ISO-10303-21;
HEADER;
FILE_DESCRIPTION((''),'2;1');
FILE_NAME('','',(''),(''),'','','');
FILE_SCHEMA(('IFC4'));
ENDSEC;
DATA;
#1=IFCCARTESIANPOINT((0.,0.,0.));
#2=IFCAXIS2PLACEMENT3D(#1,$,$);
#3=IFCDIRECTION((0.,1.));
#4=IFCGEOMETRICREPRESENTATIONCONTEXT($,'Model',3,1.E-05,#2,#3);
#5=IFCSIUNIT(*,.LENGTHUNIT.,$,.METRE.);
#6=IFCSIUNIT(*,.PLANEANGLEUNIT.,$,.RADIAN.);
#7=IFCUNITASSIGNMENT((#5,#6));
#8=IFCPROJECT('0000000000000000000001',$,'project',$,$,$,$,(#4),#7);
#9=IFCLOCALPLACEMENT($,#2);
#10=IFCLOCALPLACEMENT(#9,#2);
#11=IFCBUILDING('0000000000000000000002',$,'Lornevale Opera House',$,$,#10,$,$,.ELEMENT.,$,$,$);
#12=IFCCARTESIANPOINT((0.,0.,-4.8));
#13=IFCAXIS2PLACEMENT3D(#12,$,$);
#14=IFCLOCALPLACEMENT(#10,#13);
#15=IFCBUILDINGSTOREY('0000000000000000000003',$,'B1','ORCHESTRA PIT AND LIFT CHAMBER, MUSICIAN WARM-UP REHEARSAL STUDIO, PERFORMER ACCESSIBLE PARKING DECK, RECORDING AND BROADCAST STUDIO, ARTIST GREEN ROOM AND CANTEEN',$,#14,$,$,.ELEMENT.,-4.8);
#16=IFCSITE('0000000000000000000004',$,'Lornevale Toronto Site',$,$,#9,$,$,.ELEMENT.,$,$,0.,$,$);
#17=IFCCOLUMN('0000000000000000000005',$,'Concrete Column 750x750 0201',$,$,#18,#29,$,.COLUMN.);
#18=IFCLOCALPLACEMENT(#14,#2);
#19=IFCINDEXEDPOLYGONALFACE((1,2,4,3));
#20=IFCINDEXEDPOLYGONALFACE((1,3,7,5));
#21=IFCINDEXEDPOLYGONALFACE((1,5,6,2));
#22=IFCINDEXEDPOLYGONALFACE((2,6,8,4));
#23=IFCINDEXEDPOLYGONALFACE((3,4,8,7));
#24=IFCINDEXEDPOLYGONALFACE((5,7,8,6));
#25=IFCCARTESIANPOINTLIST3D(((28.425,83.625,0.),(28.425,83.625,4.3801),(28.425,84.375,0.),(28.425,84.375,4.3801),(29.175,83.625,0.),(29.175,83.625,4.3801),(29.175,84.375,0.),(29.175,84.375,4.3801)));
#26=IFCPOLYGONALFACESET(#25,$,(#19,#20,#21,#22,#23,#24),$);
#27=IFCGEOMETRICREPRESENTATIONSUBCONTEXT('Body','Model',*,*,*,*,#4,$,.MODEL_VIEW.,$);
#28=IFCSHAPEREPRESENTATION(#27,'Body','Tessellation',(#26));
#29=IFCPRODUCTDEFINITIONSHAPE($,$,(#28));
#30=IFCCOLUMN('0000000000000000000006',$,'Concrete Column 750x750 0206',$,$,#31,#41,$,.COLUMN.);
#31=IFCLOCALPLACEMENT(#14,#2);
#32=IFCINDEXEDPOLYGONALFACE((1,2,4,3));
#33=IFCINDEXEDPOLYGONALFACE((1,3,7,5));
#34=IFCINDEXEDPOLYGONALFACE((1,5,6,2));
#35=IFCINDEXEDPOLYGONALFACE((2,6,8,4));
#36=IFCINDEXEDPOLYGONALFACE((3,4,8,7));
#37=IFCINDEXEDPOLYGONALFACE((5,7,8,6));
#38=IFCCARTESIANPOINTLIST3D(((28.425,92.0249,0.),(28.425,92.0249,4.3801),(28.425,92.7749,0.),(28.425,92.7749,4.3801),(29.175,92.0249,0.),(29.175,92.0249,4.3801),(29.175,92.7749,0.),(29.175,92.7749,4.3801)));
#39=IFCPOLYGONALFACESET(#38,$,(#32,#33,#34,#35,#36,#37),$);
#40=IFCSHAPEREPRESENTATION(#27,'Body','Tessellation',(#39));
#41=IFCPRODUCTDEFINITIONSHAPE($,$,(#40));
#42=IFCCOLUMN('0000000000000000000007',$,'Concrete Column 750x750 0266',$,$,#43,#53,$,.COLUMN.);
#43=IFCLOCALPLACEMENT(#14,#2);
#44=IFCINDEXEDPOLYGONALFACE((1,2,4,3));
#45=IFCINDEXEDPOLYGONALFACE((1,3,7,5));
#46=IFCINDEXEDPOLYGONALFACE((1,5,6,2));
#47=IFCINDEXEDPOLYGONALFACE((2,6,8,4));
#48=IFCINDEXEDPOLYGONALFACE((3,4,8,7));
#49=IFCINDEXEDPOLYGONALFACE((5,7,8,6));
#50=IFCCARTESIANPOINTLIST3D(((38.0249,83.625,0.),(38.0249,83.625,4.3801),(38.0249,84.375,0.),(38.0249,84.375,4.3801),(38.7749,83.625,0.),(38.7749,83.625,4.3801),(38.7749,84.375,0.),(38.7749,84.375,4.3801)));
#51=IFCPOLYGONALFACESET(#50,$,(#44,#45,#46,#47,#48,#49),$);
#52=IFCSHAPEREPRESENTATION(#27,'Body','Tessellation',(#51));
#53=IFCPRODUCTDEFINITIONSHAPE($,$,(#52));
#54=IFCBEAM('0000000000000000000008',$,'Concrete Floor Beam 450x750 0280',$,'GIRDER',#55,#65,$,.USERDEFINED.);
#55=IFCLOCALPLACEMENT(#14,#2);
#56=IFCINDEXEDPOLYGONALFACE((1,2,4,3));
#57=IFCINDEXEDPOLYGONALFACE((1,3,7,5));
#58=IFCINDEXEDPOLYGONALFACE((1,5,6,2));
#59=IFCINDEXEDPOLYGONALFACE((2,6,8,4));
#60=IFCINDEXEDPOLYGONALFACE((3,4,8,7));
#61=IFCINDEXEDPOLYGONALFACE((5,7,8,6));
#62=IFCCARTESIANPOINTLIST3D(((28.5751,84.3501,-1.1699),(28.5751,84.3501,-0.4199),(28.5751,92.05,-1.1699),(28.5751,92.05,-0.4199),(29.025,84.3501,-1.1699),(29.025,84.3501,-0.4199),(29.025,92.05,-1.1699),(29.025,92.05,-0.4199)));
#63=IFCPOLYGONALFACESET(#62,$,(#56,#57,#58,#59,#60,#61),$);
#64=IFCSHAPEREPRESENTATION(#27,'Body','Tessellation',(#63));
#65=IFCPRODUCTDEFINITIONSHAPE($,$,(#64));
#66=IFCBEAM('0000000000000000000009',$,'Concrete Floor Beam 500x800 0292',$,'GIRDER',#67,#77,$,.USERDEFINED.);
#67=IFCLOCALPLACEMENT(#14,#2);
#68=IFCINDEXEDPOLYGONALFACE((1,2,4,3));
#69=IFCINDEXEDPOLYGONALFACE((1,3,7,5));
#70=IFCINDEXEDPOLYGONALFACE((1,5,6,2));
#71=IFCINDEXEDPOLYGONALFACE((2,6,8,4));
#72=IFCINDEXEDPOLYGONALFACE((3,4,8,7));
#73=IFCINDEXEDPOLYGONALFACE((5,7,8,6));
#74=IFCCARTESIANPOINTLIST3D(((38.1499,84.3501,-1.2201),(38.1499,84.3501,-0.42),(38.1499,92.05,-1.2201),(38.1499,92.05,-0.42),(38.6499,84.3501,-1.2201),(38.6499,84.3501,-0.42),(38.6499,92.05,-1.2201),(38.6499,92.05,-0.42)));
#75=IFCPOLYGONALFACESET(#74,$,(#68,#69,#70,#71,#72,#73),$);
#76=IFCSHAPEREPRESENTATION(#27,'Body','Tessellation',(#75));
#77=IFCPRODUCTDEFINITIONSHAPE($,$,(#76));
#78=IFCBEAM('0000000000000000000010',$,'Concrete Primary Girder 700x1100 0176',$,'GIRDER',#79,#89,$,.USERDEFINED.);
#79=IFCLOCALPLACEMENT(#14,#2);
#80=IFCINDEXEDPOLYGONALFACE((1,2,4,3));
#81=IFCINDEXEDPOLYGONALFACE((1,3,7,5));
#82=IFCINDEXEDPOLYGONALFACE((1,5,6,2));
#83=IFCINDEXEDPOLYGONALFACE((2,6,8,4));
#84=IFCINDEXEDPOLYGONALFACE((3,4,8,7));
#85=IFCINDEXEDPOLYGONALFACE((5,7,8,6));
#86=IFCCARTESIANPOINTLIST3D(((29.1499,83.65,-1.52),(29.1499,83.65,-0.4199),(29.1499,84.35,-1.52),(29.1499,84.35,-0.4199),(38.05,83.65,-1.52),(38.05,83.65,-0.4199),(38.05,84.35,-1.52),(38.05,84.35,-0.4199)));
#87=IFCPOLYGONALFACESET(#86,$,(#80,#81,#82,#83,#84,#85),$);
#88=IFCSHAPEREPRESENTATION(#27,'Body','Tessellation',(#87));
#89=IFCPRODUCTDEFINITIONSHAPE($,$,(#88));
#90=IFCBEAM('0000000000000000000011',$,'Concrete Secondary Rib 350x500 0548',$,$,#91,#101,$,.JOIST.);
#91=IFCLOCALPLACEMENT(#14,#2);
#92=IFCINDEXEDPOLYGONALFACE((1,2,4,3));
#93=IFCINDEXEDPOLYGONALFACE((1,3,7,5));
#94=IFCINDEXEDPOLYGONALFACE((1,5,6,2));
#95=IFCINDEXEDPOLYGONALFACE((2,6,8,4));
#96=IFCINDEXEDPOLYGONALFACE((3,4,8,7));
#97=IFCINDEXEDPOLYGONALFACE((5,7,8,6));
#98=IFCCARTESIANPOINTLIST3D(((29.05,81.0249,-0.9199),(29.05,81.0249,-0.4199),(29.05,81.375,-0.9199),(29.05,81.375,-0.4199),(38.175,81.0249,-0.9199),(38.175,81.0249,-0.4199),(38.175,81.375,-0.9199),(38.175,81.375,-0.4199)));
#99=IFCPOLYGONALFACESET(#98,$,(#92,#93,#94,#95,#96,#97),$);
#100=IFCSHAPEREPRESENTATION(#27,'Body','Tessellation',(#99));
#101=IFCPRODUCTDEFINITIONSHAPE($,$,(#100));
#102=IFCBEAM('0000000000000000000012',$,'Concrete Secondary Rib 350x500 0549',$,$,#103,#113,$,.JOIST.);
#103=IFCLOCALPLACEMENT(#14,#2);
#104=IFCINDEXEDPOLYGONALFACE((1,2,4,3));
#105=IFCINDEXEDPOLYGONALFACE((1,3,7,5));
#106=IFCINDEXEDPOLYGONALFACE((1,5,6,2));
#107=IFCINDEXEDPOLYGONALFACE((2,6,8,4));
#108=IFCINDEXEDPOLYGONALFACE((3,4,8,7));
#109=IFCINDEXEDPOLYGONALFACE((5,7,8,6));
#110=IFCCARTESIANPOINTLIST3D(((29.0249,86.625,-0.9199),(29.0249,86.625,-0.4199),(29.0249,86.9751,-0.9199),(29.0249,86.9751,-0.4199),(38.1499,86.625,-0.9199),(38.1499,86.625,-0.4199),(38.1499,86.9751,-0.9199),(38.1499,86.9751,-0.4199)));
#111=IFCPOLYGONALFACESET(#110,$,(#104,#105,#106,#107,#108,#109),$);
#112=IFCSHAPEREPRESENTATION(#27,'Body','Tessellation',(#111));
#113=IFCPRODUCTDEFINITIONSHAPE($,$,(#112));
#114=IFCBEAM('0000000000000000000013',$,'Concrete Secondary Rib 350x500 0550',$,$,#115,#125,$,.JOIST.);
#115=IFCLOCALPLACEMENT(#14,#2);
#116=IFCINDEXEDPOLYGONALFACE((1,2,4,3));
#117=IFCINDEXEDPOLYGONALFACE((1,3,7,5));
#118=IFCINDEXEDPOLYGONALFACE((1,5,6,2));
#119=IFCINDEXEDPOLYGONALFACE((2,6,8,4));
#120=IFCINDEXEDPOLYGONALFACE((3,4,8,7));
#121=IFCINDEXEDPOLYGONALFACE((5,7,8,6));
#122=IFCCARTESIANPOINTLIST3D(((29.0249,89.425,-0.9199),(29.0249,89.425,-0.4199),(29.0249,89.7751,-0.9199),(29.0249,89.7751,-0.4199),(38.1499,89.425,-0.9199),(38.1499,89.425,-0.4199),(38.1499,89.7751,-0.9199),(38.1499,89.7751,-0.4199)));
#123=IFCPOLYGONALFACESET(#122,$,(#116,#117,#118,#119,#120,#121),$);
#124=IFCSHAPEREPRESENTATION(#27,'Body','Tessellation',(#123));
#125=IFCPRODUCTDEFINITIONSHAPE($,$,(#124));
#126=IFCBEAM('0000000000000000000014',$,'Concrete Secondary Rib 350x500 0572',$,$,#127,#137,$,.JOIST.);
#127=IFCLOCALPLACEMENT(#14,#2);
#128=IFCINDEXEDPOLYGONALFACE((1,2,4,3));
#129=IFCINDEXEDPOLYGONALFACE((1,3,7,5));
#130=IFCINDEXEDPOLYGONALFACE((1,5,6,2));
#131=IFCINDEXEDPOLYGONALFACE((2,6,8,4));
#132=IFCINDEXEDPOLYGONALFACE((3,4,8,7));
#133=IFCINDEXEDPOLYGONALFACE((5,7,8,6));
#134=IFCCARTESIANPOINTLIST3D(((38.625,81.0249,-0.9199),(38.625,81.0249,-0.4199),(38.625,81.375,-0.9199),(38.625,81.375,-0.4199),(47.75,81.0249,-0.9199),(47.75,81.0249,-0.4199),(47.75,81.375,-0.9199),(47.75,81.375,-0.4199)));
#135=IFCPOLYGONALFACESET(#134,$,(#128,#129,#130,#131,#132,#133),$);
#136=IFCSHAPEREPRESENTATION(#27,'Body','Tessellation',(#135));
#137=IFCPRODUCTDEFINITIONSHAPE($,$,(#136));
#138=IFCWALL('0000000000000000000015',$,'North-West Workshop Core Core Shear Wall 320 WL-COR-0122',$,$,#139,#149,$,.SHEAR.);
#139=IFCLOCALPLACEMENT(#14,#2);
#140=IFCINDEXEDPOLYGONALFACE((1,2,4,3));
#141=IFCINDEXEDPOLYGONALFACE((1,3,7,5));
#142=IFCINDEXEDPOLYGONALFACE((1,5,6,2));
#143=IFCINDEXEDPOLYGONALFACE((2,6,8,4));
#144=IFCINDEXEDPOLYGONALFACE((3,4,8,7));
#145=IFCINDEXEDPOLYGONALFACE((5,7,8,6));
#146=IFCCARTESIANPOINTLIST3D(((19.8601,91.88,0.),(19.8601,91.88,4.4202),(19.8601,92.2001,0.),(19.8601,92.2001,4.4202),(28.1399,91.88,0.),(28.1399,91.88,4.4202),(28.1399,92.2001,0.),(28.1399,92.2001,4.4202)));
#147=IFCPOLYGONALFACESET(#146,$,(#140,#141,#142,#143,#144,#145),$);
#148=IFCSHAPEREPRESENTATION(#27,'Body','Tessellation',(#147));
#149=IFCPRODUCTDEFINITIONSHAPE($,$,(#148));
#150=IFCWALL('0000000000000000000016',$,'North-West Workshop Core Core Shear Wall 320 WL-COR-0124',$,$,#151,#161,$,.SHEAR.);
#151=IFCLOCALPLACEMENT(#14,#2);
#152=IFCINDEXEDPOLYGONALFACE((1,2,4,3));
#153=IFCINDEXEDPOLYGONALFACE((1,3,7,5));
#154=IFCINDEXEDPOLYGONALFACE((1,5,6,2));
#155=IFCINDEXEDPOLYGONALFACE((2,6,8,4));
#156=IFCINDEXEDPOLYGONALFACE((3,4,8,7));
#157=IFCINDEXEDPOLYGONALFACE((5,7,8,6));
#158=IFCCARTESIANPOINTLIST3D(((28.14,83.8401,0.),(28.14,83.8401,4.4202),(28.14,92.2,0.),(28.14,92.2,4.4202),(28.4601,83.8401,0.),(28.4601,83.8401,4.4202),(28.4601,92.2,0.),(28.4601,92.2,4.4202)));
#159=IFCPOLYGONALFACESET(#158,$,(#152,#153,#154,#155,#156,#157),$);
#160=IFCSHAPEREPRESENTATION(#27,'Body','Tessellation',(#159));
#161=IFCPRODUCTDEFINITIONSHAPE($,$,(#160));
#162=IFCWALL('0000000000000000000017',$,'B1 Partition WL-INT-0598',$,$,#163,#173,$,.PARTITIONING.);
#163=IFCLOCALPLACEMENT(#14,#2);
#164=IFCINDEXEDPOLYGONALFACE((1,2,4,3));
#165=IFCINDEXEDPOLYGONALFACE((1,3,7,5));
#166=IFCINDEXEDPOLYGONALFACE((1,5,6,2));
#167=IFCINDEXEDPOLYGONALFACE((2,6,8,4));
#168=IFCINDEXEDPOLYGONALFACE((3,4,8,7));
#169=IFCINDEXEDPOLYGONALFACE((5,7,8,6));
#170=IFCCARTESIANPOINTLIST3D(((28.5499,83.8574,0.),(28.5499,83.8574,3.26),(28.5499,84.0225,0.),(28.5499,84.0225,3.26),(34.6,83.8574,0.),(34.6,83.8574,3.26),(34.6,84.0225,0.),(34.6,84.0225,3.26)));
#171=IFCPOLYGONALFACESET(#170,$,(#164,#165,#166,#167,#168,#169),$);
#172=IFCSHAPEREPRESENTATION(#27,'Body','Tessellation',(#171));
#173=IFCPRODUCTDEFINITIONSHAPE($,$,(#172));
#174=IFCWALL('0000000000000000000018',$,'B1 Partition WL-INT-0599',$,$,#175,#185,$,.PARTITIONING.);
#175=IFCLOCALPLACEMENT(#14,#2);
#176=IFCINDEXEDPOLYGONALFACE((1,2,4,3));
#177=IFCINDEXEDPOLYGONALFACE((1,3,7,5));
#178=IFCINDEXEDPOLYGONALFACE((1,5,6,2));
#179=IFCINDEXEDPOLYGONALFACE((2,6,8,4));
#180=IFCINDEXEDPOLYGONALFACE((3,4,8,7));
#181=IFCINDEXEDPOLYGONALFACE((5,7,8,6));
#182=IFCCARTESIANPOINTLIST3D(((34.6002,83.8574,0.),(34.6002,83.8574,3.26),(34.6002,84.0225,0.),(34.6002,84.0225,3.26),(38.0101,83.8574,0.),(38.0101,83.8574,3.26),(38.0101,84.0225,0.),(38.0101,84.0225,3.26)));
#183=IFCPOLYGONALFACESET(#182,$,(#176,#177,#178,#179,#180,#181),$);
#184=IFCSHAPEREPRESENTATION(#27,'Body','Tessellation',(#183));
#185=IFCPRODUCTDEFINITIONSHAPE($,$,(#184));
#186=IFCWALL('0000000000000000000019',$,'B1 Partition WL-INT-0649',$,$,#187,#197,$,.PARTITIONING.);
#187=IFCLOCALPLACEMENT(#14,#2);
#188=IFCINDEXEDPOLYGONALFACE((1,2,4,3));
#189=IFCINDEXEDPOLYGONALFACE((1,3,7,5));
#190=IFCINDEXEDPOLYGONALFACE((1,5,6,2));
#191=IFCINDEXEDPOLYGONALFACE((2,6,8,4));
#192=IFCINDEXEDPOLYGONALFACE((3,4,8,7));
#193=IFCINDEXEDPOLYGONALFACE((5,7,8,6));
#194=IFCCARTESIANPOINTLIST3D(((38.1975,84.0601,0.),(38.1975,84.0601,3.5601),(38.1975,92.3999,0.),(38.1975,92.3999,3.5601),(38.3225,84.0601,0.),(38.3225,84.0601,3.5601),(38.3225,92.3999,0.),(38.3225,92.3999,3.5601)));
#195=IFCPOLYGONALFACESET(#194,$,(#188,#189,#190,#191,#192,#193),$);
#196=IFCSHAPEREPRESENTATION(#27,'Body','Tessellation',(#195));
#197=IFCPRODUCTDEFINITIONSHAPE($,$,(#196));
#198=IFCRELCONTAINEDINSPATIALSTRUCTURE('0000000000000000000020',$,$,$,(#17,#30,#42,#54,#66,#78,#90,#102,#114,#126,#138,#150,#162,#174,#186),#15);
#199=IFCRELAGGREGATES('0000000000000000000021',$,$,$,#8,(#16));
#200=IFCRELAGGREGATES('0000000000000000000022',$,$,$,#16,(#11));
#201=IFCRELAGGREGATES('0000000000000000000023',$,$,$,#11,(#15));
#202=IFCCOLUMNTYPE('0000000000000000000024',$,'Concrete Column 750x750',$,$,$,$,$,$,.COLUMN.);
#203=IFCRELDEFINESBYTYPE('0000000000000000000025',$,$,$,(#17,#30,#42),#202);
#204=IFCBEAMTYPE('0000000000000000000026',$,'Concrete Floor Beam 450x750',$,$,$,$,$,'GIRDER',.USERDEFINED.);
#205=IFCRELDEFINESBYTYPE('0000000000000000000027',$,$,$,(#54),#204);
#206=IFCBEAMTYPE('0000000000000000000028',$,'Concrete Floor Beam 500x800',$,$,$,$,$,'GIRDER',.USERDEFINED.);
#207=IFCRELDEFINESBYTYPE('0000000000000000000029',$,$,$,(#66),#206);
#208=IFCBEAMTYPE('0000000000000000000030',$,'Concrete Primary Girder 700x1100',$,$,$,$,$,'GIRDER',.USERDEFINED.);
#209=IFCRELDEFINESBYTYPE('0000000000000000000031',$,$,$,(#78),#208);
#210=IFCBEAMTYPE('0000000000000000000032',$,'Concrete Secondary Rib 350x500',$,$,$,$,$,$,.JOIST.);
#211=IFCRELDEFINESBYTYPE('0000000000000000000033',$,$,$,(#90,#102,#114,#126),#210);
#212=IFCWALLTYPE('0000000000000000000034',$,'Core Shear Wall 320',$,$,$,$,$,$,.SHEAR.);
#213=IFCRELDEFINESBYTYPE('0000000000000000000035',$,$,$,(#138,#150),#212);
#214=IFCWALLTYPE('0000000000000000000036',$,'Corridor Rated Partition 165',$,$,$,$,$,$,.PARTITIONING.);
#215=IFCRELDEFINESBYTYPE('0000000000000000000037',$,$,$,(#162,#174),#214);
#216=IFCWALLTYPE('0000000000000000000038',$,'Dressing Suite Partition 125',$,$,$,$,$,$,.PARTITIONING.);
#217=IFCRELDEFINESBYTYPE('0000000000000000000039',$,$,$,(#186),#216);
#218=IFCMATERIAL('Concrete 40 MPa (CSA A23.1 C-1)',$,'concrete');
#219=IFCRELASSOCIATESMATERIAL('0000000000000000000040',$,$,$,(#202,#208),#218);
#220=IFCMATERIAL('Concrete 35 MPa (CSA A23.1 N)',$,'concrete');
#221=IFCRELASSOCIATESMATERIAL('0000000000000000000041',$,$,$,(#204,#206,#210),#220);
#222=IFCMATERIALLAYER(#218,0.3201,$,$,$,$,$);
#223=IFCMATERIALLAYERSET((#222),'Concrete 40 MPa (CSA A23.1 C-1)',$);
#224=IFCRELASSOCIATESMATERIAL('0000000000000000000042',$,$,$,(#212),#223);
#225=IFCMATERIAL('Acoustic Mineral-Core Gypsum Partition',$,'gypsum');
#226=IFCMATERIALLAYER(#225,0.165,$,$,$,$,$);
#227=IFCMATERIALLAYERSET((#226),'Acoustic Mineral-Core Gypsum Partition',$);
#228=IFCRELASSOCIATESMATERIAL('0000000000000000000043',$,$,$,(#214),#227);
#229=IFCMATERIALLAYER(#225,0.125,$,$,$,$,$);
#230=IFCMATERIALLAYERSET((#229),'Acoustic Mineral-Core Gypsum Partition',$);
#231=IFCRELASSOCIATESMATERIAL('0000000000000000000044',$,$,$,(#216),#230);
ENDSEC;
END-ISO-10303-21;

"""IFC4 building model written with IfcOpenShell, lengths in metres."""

from ifc_helpers import new_model, si_unit, direction, frame, frame_2d, origin, origin_2d, place, context, subcontext, project, spatial, rectangle, extrude, material, layer, layer_set, material_profile, profile_set, type_object, element, save


model = new_model("IFC4")

# Units and contexts
model_context = context("Model", 3, precision=1e-05, world=origin(), true_north=direction((0.0, 1.0)))
body_context = subcontext(model_context, "Body", "Model", "MODEL_VIEW")
ifc_project = project(units=[si_unit("LENGTHUNIT", "METRE"), si_unit("PLANEANGLEUNIT", "RADIAN")], contexts=[model_context])

# Site, building, storey
site_placement = place(None, origin())
site = spatial("IfcSite", under=ifc_project, at=site_placement, Name="Lornevale Toronto Site", CompositionType="ELEMENT", RefElevation=0.0)
building_placement = place(site_placement, origin())
building = spatial("IfcBuilding", under=site, at=building_placement, Name="Lornevale Opera House", CompositionType="ELEMENT")
storey_placement = place(building_placement, frame((0.0, 0.0, -4.8)))
storey = spatial("IfcBuildingStorey", under=building, at=storey_placement, Name="B1", Description="ORCHESTRA PIT AND LIFT CHAMBER, MUSICIAN WARM-UP REHEARSAL STUDIO, PERFORMER ACCESSIBLE PARKING DECK, RECORDING AND BROADCAST STUDIO, ARTIST GREEN ROOM AND CANTEEN", CompositionType="ELEMENT", Elevation=-4.8)

# Columns
ifc_material_1 = material(Name="Concrete 40 MPa (CSA A23.1 C-1)", Category="concrete")
ifc_material_profile_1 = material_profile(ifc_material_1, rectangle(XDim=0.75, YDim=0.75, at=origin_2d()), Name="RC750x750")
ifc_profile_set_1 = profile_set([ifc_material_profile_1], Name="Concrete 40 MPa (CSA A23.1 C-1)")
column_type = type_object("IfcColumnType", Name="Concrete Column 750x750", PredefinedType="COLUMN", material=ifc_profile_set_1)
for number, where, z_axis, x_axis, name in (
    (1, (28.8, 84.0, 0.0), (0.0, 0.0, 1.0), (1.0, 0.0, 0.0), "Concrete Column 750x750 0201"),
    (2, (28.8, 92.3999, 0.0), (0.0, 0.0, 1.0), (1.0, 0.0, 0.0), "Concrete Column 750x750 0206"),
    (3, (38.3999, 84.0, 0.0), (0.0, 0.0, 1.0), (1.0, 0.0, 0.0), "Concrete Column 750x750 0266"),
):
    element("IfcColumn", number, at=place(storey_placement, frame(where, z_axis=z_axis, x_axis=x_axis)), inside=storey, type_object=column_type, Name=name, PredefinedType="COLUMN", context=body_context, shape_type="SweptSolid", body=[
        extrude(rectangle(XDim=0.75, YDim=0.75, at=origin_2d()), origin(), (0.0, 0.0, 1.0), 4.3801),
    ])

# Beams
ifc_material_2 = material(Name="Concrete 35 MPa (CSA A23.1 N)", Category="concrete")
ifc_material_profile_2 = material_profile(ifc_material_2, rectangle(XDim=0.45, YDim=0.75, at=origin_2d()), Name="RC450x750")
ifc_profile_set_2 = profile_set([ifc_material_profile_2], Name="Concrete 35 MPa (CSA A23.1 N)")
beam_type_1 = type_object("IfcBeamType", Name="Concrete Floor Beam 450x750", ElementType="GIRDER", PredefinedType="USERDEFINED", material=ifc_profile_set_2)
beam_1_placement = place(storey_placement, frame((28.8, 84.3501, -0.7949), z_axis=(0.0, 1.0, 0.0), x_axis=(-1.0, 0.0, 0.0)))
element("IfcBeam", 4, at=beam_1_placement, inside=storey, type_object=beam_type_1, Name="Concrete Floor Beam 450x750 0280", ObjectType="GIRDER", PredefinedType="USERDEFINED", context=body_context, shape_type="SweptSolid", body=[
    extrude(rectangle(XDim=0.45, YDim=0.75, at=origin_2d()), origin(), (0.0, 0.0, 1.0), 7.7),
])
ifc_material_profile_3 = material_profile(ifc_material_2, rectangle(XDim=0.5, YDim=0.8, at=origin_2d()), Name="RC500x800")
ifc_profile_set_3 = profile_set([ifc_material_profile_3], Name="Concrete 35 MPa (CSA A23.1 N)")
beam_type_2 = type_object("IfcBeamType", Name="Concrete Floor Beam 500x800", ElementType="GIRDER", PredefinedType="USERDEFINED", material=ifc_profile_set_3)
beam_2_placement = place(storey_placement, frame((38.3999, 84.3501, -0.8201), z_axis=(0.0, 1.0, 0.0), x_axis=(-1.0, 0.0, 0.0)))
element("IfcBeam", 5, at=beam_2_placement, inside=storey, type_object=beam_type_2, Name="Concrete Floor Beam 500x800 0292", ObjectType="GIRDER", PredefinedType="USERDEFINED", context=body_context, shape_type="SweptSolid", body=[
    extrude(rectangle(XDim=0.5, YDim=0.8, at=origin_2d()), origin(), (0.0, 0.0, 1.0), 7.7),
])
ifc_material_profile_4 = material_profile(ifc_material_1, rectangle(XDim=0.7, YDim=1.1001, at=origin_2d()), Name="RC700x1100")
ifc_profile_set_4 = profile_set([ifc_material_profile_4], Name="Concrete 40 MPa (CSA A23.1 C-1)")
beam_type_3 = type_object("IfcBeamType", Name="Concrete Primary Girder 700x1100", ElementType="GIRDER", PredefinedType="USERDEFINED", material=ifc_profile_set_4)
beam_3_placement = place(storey_placement, frame((29.1499, 84.0, -0.97), z_axis=(1.0, 0.0, 0.0), x_axis=(0.0, 1.0, 0.0)))
element("IfcBeam", 6, at=beam_3_placement, inside=storey, type_object=beam_type_3, Name="Concrete Primary Girder 700x1100 0176", ObjectType="GIRDER", PredefinedType="USERDEFINED", context=body_context, shape_type="SweptSolid", body=[
    extrude(rectangle(XDim=0.7, YDim=1.1001, at=origin_2d()), origin(), (0.0, 0.0, 1.0), 8.9001),
])
ifc_material_profile_5 = material_profile(ifc_material_2, rectangle(XDim=0.3501, YDim=0.5, at=origin_2d()), Name="RC350x500")
ifc_profile_set_5 = profile_set([ifc_material_profile_5], Name="Concrete 35 MPa (CSA A23.1 N)")
beam_type_4 = type_object("IfcBeamType", Name="Concrete Secondary Rib 350x500", PredefinedType="JOIST", material=ifc_profile_set_5)
for number, where, z_axis, x_axis, name in (
    (7, (29.05, 81.2, -0.6699), (1.0, 0.0, 0.0), (0.0, 1.0, 0.0), "Concrete Secondary Rib 350x500 0548"),
    (8, (29.0249, 86.8, -0.6699), (1.0, 0.0, 0.0), (0.0, 1.0, 0.0), "Concrete Secondary Rib 350x500 0549"),
    (9, (29.0249, 89.6001, -0.6699), (1.0, 0.0, 0.0), (0.0, 1.0, 0.0), "Concrete Secondary Rib 350x500 0550"),
    (10, (38.625, 81.2, -0.6699), (1.0, 0.0, 0.0), (0.0, 1.0, 0.0), "Concrete Secondary Rib 350x500 0572"),
):
    element("IfcBeam", number, at=place(storey_placement, frame(where, z_axis=z_axis, x_axis=x_axis)), inside=storey, type_object=beam_type_4, Name=name, PredefinedType="JOIST", context=body_context, shape_type="SweptSolid", body=[
        extrude(rectangle(XDim=0.3501, YDim=0.5, at=origin_2d()), origin(), (0.0, 0.0, 1.0), 9.125),
    ])

# Walls
ifc_layer_1 = layer(ifc_material_1, 0.3201)
ifc_layer_set_1 = layer_set([ifc_layer_1], Name="Concrete 40 MPa (CSA A23.1 C-1)")
wall_type_1 = type_object("IfcWallType", Name="Core Shear Wall 320", PredefinedType="SHEAR", material=ifc_layer_set_1)
wall_1_placement = place(storey_placement, frame((28.1399, 92.04, 0.0), z_axis=(0.0, 0.0, 1.0), x_axis=(-1.0, 0.0, 0.0)))
element("IfcWall", 11, at=wall_1_placement, inside=storey, type_object=wall_type_1, Name="North-West Workshop Core Core Shear Wall 320 WL-COR-0122", PredefinedType="SHEAR", context=body_context, shape_type="SweptSolid", body=[
    extrude(rectangle(XDim=8.2798, YDim=0.3201, at=frame_2d((4.1399, 0.0))), origin(), (0.0, 0.0, 1.0), 4.4202),
])
wall_2_placement = place(storey_placement, frame((28.3, 83.8401, 0.0), z_axis=(0.0, 0.0, 1.0), x_axis=(0.0, 1.0, 0.0)))
element("IfcWall", 12, at=wall_2_placement, inside=storey, type_object=wall_type_1, Name="North-West Workshop Core Core Shear Wall 320 WL-COR-0124", PredefinedType="SHEAR", context=body_context, shape_type="SweptSolid", body=[
    extrude(rectangle(XDim=8.3599, YDim=0.3201, at=frame_2d((4.1799, 0.0))), origin(), (0.0, 0.0, 1.0), 4.4202),
])
ifc_material_3 = material(Name="Acoustic Mineral-Core Gypsum Partition", Category="gypsum")
ifc_layer_2 = layer(ifc_material_3, 0.165)
ifc_layer_set_2 = layer_set([ifc_layer_2], Name="Acoustic Mineral-Core Gypsum Partition")
wall_type_2 = type_object("IfcWallType", Name="Corridor Rated Partition 165", PredefinedType="PARTITIONING", material=ifc_layer_set_2)
wall_3_placement = place(storey_placement, frame((28.55, 83.9399, 0.0), z_axis=(0.0, 0.0, 1.0), x_axis=(1.0, 0.0, 0.0)))
element("IfcWall", 13, at=wall_3_placement, inside=storey, type_object=wall_type_2, Name="B1 Partition WL-INT-0598", PredefinedType="PARTITIONING", context=body_context, shape_type="SweptSolid", body=[
    extrude(rectangle(XDim=6.05, YDim=0.165, at=frame_2d((3.0249, 0.0))), origin(), (0.0, 0.0, 1.0), 3.26),
])
wall_4_placement = place(storey_placement, frame((34.6001, 83.9399, 0.0), z_axis=(0.0, 0.0, 1.0), x_axis=(1.0, 0.0, 0.0)))
element("IfcWall", 14, at=wall_4_placement, inside=storey, type_object=wall_type_2, Name="B1 Partition WL-INT-0599", PredefinedType="PARTITIONING", context=body_context, shape_type="SweptSolid", body=[
    extrude(rectangle(XDim=3.4099, YDim=0.165, at=frame_2d((1.7051, 0.0))), origin(), (0.0, 0.0, 1.0), 3.26),
])
ifc_layer_3 = layer(ifc_material_3, 0.125)
ifc_layer_set_3 = layer_set([ifc_layer_3], Name="Acoustic Mineral-Core Gypsum Partition")
wall_type_3 = type_object("IfcWallType", Name="Dressing Suite Partition 125", PredefinedType="PARTITIONING", material=ifc_layer_set_3)
wall_5_placement = place(storey_placement, frame((38.26, 84.0601, 0.0), z_axis=(0.0, 0.0, 1.0), x_axis=(0.0, 1.0, 0.0)))
element("IfcWall", 15, at=wall_5_placement, inside=storey, type_object=wall_type_3, Name="B1 Partition WL-INT-0649", PredefinedType="PARTITIONING", context=body_context, shape_type="SweptSolid", body=[
    extrude(rectangle(XDim=8.3398, YDim=0.125, at=frame_2d((4.1699, 0.0))), origin(), (0.0, 0.0, 1.0), 3.5601),
])

save(model, "model.ifc")
